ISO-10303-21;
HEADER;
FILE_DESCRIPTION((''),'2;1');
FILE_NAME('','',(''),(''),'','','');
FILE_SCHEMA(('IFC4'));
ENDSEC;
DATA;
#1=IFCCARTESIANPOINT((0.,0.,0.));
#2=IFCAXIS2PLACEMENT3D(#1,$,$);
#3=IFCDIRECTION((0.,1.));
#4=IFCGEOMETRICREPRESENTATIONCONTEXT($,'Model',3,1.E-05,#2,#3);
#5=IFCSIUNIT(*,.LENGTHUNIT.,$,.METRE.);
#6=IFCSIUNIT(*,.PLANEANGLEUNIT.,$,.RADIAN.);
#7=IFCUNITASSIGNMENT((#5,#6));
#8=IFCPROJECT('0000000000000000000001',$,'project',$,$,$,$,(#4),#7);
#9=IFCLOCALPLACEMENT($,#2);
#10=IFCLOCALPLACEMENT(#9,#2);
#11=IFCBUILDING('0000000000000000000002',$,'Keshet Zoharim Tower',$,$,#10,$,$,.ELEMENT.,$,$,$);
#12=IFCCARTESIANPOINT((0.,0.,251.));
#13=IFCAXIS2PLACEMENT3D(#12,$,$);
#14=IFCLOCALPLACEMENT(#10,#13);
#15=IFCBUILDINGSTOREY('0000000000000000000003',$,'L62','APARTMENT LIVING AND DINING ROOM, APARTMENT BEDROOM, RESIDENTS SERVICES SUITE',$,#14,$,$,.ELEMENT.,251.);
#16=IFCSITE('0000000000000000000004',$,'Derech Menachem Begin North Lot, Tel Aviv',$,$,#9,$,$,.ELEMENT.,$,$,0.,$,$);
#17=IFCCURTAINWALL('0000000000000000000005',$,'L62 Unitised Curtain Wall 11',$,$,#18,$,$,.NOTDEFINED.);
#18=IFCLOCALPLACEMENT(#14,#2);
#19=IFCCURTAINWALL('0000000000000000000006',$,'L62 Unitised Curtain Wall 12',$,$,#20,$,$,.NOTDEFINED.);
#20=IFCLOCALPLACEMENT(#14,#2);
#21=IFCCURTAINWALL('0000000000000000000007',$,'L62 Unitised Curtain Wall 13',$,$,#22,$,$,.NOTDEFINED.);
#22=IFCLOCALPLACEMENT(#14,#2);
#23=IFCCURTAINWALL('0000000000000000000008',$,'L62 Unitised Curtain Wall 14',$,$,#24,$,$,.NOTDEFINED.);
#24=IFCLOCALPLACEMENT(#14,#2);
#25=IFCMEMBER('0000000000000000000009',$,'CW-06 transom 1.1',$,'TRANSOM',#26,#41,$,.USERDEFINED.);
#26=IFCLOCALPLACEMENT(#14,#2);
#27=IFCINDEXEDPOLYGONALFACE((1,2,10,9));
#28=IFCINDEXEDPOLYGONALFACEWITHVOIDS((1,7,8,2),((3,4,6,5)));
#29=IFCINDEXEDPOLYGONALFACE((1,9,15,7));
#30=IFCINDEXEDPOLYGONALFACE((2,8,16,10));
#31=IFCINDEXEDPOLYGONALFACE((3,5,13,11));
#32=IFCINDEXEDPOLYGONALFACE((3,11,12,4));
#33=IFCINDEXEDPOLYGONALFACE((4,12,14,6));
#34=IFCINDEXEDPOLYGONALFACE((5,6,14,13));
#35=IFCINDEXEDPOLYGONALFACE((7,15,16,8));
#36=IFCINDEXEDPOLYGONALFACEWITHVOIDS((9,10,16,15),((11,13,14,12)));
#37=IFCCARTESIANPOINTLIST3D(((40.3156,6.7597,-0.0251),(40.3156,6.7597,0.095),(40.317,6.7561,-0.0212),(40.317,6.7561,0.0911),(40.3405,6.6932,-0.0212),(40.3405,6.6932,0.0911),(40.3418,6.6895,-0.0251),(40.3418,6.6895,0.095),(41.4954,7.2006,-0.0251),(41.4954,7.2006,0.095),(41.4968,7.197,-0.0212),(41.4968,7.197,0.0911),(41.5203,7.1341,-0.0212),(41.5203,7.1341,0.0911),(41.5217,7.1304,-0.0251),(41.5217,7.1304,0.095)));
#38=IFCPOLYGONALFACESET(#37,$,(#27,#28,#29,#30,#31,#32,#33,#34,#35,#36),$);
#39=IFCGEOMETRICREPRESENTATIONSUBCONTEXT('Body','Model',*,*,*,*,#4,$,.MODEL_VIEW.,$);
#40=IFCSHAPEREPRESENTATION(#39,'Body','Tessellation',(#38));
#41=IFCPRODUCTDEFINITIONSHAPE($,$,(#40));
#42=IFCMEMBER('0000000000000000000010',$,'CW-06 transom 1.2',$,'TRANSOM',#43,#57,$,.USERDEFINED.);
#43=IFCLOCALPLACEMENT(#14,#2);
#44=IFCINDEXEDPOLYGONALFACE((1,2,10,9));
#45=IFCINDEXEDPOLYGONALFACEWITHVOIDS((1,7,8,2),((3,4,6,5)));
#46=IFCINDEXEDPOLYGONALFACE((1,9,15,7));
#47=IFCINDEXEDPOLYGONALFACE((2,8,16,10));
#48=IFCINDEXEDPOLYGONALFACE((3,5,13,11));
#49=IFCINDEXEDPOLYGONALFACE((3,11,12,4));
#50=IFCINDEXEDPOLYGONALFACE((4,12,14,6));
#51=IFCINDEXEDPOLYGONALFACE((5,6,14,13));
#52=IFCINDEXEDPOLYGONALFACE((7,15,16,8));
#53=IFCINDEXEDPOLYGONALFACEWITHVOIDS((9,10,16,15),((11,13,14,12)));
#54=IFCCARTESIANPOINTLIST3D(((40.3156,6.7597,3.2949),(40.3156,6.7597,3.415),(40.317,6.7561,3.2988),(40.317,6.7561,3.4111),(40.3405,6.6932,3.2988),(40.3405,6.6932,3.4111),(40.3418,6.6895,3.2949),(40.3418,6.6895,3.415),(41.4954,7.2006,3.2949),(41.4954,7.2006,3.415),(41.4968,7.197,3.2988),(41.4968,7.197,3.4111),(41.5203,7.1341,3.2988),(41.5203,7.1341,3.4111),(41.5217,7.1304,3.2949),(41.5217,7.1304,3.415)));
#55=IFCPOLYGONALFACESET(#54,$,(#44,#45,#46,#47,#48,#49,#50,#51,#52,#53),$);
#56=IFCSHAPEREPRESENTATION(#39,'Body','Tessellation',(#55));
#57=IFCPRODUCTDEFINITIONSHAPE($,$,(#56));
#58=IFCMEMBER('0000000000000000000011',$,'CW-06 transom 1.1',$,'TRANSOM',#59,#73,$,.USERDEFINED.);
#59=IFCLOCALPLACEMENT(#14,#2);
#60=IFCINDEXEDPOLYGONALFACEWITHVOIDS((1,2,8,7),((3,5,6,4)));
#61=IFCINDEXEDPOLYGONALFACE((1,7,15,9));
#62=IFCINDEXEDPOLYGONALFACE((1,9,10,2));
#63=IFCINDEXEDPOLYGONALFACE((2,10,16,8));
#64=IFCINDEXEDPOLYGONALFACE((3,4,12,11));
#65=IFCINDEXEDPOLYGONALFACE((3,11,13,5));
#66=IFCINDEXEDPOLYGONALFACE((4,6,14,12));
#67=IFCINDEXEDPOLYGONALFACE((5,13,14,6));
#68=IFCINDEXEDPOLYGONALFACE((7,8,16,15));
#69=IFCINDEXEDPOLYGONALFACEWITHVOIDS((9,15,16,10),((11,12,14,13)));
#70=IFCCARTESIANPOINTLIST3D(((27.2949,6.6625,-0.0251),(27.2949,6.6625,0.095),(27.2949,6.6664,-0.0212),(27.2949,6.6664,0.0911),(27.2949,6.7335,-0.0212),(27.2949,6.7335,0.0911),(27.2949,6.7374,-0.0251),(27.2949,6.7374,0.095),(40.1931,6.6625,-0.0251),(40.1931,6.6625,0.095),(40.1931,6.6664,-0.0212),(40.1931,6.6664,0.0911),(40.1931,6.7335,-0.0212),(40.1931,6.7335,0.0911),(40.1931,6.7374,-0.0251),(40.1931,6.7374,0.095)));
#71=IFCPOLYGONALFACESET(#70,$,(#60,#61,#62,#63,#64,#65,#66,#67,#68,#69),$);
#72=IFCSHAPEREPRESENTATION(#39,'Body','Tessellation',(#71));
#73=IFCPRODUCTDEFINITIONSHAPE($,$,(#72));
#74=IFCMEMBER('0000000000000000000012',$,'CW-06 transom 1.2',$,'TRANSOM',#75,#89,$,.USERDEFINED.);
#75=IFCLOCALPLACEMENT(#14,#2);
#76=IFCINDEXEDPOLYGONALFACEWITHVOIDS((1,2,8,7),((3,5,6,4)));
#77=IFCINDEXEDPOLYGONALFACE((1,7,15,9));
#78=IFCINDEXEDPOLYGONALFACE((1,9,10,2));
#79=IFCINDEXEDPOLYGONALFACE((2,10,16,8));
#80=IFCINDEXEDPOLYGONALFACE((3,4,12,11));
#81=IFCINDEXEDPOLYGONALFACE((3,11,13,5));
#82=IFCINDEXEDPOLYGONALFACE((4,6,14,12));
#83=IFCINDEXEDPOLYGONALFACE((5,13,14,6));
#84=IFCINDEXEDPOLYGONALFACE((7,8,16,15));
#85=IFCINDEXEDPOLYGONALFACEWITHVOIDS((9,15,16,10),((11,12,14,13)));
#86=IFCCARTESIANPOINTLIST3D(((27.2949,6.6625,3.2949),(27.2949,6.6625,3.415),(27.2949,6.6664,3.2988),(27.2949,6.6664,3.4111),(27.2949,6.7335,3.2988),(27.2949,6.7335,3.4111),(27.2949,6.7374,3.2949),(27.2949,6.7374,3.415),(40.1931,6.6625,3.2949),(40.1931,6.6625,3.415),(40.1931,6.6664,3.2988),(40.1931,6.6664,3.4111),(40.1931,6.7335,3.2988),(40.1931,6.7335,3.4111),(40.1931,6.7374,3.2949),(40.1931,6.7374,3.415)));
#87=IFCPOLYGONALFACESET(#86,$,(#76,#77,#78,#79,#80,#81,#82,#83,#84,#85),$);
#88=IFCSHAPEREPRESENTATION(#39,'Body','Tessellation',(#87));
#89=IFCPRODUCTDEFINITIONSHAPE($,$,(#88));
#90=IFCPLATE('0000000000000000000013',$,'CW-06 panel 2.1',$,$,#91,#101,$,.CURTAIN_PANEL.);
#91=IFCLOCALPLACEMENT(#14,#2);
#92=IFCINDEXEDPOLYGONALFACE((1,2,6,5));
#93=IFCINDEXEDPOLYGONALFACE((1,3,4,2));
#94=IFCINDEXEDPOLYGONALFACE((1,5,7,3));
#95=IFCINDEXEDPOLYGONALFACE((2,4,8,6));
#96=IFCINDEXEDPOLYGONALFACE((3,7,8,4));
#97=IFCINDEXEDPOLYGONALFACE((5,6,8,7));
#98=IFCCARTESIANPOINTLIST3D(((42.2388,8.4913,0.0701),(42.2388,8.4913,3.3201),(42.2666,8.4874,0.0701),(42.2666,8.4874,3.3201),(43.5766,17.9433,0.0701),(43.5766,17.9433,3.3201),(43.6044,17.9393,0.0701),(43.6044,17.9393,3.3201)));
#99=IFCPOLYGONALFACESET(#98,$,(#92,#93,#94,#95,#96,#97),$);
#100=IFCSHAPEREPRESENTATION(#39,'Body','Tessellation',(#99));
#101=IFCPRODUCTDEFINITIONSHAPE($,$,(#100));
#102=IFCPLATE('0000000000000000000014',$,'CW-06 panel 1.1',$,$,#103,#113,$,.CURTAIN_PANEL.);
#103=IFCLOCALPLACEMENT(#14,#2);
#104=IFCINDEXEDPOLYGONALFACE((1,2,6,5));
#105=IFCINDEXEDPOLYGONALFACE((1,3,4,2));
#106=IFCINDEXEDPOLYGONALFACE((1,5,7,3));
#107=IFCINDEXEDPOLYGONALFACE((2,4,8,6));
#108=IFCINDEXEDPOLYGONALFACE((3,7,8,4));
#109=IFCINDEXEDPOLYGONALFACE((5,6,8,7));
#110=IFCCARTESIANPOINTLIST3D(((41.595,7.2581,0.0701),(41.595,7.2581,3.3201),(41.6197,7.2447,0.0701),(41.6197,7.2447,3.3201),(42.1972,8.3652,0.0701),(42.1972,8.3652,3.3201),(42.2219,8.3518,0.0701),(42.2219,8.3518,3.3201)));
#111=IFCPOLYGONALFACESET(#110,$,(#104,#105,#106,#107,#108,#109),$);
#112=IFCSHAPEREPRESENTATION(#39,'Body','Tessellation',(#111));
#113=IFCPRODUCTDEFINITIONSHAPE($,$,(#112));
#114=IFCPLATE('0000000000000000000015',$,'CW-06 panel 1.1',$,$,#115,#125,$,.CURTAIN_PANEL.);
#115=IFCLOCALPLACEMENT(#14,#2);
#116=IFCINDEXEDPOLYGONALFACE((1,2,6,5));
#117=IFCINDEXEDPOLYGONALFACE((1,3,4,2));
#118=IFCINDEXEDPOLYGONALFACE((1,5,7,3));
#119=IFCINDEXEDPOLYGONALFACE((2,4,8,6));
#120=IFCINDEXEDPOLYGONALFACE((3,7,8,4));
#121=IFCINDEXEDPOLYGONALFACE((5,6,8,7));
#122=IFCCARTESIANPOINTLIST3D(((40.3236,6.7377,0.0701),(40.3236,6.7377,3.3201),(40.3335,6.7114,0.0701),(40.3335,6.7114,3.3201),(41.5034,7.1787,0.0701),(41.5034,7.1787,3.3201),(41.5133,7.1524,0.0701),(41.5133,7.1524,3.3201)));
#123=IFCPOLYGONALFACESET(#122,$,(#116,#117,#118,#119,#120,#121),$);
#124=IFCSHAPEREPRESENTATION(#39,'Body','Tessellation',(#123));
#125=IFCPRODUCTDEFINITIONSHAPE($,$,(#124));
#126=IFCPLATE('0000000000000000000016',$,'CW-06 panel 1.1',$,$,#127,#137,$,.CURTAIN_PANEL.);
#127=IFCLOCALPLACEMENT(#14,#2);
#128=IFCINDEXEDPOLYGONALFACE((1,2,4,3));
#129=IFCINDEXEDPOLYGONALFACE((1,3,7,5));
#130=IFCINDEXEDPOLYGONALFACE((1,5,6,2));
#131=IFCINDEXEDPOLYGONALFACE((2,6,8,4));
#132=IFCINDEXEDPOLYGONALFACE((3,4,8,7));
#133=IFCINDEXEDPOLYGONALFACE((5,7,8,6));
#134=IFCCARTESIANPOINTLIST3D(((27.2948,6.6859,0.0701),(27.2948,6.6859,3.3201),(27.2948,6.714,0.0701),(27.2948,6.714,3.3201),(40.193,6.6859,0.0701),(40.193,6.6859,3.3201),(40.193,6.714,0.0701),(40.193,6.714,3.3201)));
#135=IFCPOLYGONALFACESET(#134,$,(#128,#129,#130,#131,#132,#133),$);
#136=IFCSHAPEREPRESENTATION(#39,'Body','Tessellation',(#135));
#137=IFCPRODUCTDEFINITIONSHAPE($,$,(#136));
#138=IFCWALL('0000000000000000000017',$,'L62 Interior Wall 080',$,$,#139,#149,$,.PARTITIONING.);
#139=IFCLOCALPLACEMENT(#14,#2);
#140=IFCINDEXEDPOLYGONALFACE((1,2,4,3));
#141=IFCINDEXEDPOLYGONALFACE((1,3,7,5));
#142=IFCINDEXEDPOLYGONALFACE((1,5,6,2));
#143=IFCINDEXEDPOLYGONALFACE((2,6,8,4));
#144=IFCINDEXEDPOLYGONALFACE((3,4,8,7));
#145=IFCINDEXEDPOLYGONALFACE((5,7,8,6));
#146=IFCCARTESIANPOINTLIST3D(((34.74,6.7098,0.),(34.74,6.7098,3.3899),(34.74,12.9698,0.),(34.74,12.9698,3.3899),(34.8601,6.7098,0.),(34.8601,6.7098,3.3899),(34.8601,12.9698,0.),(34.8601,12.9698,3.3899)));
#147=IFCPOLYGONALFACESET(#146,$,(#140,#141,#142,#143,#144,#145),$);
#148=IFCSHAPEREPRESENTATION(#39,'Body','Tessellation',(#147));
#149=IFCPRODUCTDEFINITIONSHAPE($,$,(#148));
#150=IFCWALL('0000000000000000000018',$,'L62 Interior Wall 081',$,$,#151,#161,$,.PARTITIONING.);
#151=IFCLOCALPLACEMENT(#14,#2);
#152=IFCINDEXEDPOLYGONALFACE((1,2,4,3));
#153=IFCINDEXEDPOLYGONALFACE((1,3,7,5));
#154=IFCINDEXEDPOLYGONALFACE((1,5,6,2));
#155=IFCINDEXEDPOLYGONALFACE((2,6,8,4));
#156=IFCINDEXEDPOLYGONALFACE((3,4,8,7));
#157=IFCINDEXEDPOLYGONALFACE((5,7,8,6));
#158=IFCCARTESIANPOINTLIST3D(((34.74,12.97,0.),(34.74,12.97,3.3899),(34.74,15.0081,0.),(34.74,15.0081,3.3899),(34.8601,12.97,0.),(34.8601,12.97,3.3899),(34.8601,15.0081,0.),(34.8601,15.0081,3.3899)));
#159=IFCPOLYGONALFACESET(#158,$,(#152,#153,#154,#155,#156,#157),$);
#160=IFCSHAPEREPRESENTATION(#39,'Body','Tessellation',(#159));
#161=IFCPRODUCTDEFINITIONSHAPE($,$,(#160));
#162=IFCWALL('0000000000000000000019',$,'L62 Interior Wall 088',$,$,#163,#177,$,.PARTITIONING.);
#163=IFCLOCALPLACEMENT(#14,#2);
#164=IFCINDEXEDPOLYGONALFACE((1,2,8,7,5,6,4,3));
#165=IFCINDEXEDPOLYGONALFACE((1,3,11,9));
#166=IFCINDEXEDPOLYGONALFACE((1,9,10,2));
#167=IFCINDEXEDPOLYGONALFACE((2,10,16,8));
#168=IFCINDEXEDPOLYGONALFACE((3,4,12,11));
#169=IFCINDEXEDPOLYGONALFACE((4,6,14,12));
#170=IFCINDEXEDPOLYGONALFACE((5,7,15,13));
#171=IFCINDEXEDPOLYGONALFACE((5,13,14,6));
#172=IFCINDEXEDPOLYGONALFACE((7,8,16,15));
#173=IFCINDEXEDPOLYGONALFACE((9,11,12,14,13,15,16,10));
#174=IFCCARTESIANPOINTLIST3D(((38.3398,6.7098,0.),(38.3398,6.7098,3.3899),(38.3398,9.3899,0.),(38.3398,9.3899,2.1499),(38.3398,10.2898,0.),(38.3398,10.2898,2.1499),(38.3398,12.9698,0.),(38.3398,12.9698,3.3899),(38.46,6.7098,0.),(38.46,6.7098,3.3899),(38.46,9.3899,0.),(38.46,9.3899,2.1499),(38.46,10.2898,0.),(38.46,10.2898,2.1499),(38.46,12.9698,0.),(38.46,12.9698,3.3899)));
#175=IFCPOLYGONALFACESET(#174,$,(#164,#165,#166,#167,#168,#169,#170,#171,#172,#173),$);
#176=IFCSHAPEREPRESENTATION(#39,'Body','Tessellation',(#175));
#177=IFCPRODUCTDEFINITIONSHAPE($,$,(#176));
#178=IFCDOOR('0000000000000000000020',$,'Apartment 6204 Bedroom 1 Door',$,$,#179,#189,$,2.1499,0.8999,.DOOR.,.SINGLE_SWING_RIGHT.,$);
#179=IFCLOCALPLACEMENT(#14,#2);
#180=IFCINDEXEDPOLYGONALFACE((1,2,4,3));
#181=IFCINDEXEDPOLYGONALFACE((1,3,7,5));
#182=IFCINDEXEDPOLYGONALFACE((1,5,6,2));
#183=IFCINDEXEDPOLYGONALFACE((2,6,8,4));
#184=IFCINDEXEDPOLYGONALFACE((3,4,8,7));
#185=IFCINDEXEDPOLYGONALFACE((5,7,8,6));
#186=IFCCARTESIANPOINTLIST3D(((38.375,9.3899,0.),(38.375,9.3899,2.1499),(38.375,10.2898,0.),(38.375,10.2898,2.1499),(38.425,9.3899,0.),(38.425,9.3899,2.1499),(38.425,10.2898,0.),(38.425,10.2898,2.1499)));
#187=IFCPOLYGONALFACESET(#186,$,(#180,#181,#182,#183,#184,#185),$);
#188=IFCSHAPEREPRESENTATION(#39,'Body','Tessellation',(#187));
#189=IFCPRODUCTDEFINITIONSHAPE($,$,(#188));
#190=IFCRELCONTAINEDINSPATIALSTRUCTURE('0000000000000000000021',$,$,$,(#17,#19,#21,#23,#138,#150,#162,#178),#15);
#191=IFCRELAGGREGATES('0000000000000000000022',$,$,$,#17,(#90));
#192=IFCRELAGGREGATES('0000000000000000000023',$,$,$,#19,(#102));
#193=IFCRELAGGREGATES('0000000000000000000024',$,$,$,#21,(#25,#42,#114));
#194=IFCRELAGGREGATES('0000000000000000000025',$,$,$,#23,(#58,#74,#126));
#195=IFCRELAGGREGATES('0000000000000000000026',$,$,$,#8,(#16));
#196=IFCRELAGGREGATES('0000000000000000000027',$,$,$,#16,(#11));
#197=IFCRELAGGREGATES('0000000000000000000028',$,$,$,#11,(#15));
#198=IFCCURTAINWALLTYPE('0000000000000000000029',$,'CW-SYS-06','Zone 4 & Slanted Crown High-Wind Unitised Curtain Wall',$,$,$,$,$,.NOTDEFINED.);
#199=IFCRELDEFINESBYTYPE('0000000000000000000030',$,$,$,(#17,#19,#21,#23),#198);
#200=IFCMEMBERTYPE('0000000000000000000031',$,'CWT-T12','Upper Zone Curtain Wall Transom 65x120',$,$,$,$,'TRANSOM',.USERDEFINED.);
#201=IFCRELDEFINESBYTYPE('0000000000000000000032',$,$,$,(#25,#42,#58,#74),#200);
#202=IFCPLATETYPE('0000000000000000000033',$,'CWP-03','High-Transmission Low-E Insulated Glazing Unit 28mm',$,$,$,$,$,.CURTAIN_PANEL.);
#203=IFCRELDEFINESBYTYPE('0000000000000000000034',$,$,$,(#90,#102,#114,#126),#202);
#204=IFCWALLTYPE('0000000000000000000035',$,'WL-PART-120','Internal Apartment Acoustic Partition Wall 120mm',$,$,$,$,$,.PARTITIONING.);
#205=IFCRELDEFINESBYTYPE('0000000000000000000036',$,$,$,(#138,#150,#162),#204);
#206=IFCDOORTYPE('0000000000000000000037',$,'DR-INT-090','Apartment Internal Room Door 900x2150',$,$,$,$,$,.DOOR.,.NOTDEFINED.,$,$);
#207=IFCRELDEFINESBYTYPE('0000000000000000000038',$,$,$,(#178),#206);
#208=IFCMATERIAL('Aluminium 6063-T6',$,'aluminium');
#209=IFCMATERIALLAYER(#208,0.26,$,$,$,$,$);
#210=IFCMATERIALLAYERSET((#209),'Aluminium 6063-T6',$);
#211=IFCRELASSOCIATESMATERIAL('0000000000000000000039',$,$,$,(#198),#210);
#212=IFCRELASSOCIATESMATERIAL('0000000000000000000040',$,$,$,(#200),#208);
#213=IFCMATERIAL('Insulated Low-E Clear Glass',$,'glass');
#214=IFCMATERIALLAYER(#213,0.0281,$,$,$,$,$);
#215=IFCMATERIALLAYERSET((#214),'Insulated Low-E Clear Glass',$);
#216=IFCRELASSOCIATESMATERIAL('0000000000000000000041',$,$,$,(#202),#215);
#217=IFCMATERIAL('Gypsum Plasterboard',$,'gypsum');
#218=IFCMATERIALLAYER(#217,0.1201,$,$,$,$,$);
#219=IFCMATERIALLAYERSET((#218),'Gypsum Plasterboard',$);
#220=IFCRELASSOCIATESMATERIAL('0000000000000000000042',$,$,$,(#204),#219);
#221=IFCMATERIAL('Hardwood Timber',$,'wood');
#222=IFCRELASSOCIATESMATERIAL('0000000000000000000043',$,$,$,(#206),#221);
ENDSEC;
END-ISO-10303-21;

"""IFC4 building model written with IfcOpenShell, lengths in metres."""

from ifc_helpers import new_model, si_unit, direction, frame, frame_2d, origin, origin_2d, place, context, subcontext, project, spatial, rectangle, hollow_rectangle, extrude, material, layer, layer_set, material_profile, profile_set, type_object, element, fill, aggregate, save


model = new_model("IFC4")

# Units and contexts
model_context = context("Model", 3, precision=1e-05, world=origin(), true_north=direction((0.0, 1.0)))
body_context = subcontext(model_context, "Body", "Model", "MODEL_VIEW")
ifc_project = project(units=[si_unit("LENGTHUNIT", "METRE"), si_unit("PLANEANGLEUNIT", "RADIAN")], contexts=[model_context])

# Site, building, storey
site_placement = place(None, origin())
site = spatial("IfcSite", under=ifc_project, at=site_placement, Name="Derech Menachem Begin North Lot, Tel Aviv", CompositionType="ELEMENT", RefElevation=0.0)
building_placement = place(site_placement, origin())
building = spatial("IfcBuilding", under=site, at=building_placement, Name="Keshet Zoharim Tower", CompositionType="ELEMENT")
storey_placement = place(building_placement, frame((0.0, 0.0, 251.0)))
storey = spatial("IfcBuildingStorey", under=building, at=storey_placement, Name="L62", Description="APARTMENT LIVING AND DINING ROOM, APARTMENT BEDROOM, RESIDENTS SERVICES SUITE", CompositionType="ELEMENT", Elevation=251.0)

# Curtain wall
ifc_material_1 = material(Name="Aluminium 6063-T6", Category="aluminium")
ifc_layer_1 = layer(ifc_material_1, 0.26)
ifc_layer_set_1 = layer_set([ifc_layer_1], Name="Aluminium 6063-T6")
curtain_wall_type = type_object("IfcCurtainWallType", Name="CW-SYS-06", Description="Zone 4 & Slanted Crown High-Wind Unitised Curtain Wall", PredefinedType="NOTDEFINED", material=ifc_layer_set_1)
curtain_wall_1_placement = place(storey_placement, origin())
curtain_wall_1 = element("IfcCurtainWall", 1, at=curtain_wall_1_placement, inside=storey, type_object=curtain_wall_type, Name="L62 Unitised Curtain Wall 11", PredefinedType="NOTDEFINED")

# Curtain walls
curtain_wall_2_placement = place(storey_placement, origin())
curtain_wall_2 = element("IfcCurtainWall", 2, at=curtain_wall_2_placement, inside=storey, type_object=curtain_wall_type, Name="L62 Unitised Curtain Wall 12", PredefinedType="NOTDEFINED")
curtain_wall_3_placement = place(storey_placement, origin())
curtain_wall_3 = element("IfcCurtainWall", 3, at=curtain_wall_3_placement, inside=storey, type_object=curtain_wall_type, Name="L62 Unitised Curtain Wall 13", PredefinedType="NOTDEFINED")

# Curtain wall
curtain_wall_4_placement = place(storey_placement, origin())
curtain_wall_4 = element("IfcCurtainWall", 4, at=curtain_wall_4_placement, inside=storey, type_object=curtain_wall_type, Name="L62 Unitised Curtain Wall 14", PredefinedType="NOTDEFINED")

# Members
ifc_material_profile_1 = material_profile(ifc_material_1, hollow_rectangle(XDim=0.075, YDim=0.1201, WallThickness=0.0039, at=origin_2d()), Name="TRN-75x120")
ifc_profile_set_1 = profile_set([ifc_material_profile_1], Name="Aluminium 6063-T6")
member_type_1 = type_object("IfcMemberType", Name="CWT-T12", Description="Upper Zone Curtain Wall Transom 65x120", ElementType="TRANSOM", PredefinedType="USERDEFINED", material=ifc_profile_set_1)
member_1_placement = place(storey_placement, frame((41.5085, 7.1655, 0.0349), z_axis=(-0.936735, -0.35004, 0.0), x_axis=(0.35004, -0.936735, 0.0)))
member_1 = element("IfcMember", 5, at=member_1_placement, type_object=member_type_1, Name="CW-06 transom 1.1", ObjectType="TRANSOM", PredefinedType="USERDEFINED", context=body_context, shape_type="SweptSolid", body=[
    extrude(hollow_rectangle(XDim=0.075, YDim=0.1201, WallThickness=0.0039, at=origin_2d()), origin(), (0.0, 0.0, 1.0), 1.2595),
])
member_2_placement = place(storey_placement, frame((41.5085, 7.1655, 3.355), z_axis=(-0.936735, -0.35004, 0.0), x_axis=(0.35004, -0.936735, 0.0)))
member_2 = element("IfcMember", 6, at=member_2_placement, type_object=member_type_1, Name="CW-06 transom 1.2", ObjectType="TRANSOM", PredefinedType="USERDEFINED", context=body_context, shape_type="SweptSolid", body=[
    extrude(hollow_rectangle(XDim=0.075, YDim=0.1201, WallThickness=0.0039, at=origin_2d()), origin(), (0.0, 0.0, 1.0), 1.2595),
])
member_3_placement = place(storey_placement, frame((40.1931, 6.7, 0.0349), z_axis=(-1.0, 0.0, 0.0), x_axis=(0.0, -1.0, 0.0)))
member_3 = element("IfcMember", 7, at=member_3_placement, type_object=member_type_1, Name="CW-06 transom 1.1", ObjectType="TRANSOM", PredefinedType="USERDEFINED", context=body_context, shape_type="SweptSolid", body=[
    extrude(hollow_rectangle(XDim=0.075, YDim=0.1201, WallThickness=0.0039, at=origin_2d()), origin(), (0.0, 0.0, 1.0), 12.8982),
])
member_4_placement = place(storey_placement, frame((40.1931, 6.7, 3.355), z_axis=(-1.0, 0.0, 0.0), x_axis=(0.0, -1.0, 0.0)))
member_4 = element("IfcMember", 8, at=member_4_placement, type_object=member_type_1, Name="CW-06 transom 1.2", ObjectType="TRANSOM", PredefinedType="USERDEFINED", context=body_context, shape_type="SweptSolid", body=[
    extrude(hollow_rectangle(XDim=0.075, YDim=0.1201, WallThickness=0.0039, at=origin_2d()), origin(), (0.0, 0.0, 1.0), 12.8982),
])

# Plates
ifc_material_2 = material(Name="Insulated Low-E Clear Glass", Category="glass")
ifc_layer_2 = layer(ifc_material_2, 0.0281)
ifc_layer_set_2 = layer_set([ifc_layer_2], Name="Insulated Low-E Clear Glass")
plate_type = type_object("IfcPlateType", Name="CWP-03", Description="High-Transmission Low-E Insulated Glazing Unit 28mm", PredefinedType="CURTAIN_PANEL", material=ifc_layer_set_2)
plate_1_placement = place(storey_placement, frame((42.9216, 13.2153, 0.0701), z_axis=(0.0, 0.0, 1.0), x_axis=(-0.140137, -0.990132, 0.0)))
plate_1 = element("IfcPlate", 9, at=plate_1_placement, type_object=plate_type, Name="CW-06 panel 2.1", PredefinedType="CURTAIN_PANEL", context=body_context, shape_type="SweptSolid", body=[
    extrude(rectangle(XDim=9.5461, YDim=0.0281, at=origin_2d()), origin(), (0.0, 0.0, 1.0), 3.25),
])
aggregate(curtain_wall_1, [plate_1])
plate_2_placement = place(storey_placement, frame((41.9084, 7.8049, 0.0701), z_axis=(0.0, 0.0, 1.0), x_axis=(-0.477801, -0.878468, 0.0)))
plate_2 = element("IfcPlate", 10, at=plate_2_placement, type_object=plate_type, Name="CW-06 panel 1.1", PredefinedType="CURTAIN_PANEL", context=body_context, shape_type="SweptSolid", body=[
    extrude(rectangle(XDim=1.2603, YDim=0.0281, at=origin_2d()), origin(), (0.0, 0.0, 1.0), 3.25),
])
aggregate(curtain_wall_2, [plate_2])
plate_3_placement = place(storey_placement, frame((40.9185, 6.9451, 0.0701), z_axis=(0.0, 0.0, 1.0), x_axis=(-0.93671, -0.350105, 0.0)))
plate_3 = element("IfcPlate", 11, at=plate_3_placement, type_object=plate_type, Name="CW-06 panel 1.1", PredefinedType="CURTAIN_PANEL", context=body_context, shape_type="SweptSolid", body=[
    extrude(rectangle(XDim=1.2595, YDim=0.0281, at=origin_2d()), origin(), (0.0, 0.0, 1.0), 3.25),
])
aggregate(curtain_wall_3, [member_1, member_2, plate_3])
plate_4_placement = place(storey_placement, frame((33.7439, 6.7, 0.0701), z_axis=(0.0, 0.0, 1.0), x_axis=(-1.0, 0.0, 0.0)))
plate_4 = element("IfcPlate", 12, at=plate_4_placement, type_object=plate_type, Name="CW-06 panel 1.1", PredefinedType="CURTAIN_PANEL", context=body_context, shape_type="SweptSolid", body=[
    extrude(rectangle(XDim=12.8982, YDim=0.0281, at=origin_2d()), origin(), (0.0, 0.0, 1.0), 3.25),
])
aggregate(curtain_wall_4, [member_3, member_4, plate_4])

# Walls
ifc_material_3 = material(Name="Gypsum Plasterboard", Category="gypsum")
ifc_layer_3 = layer(ifc_material_3, 0.1201)
ifc_layer_set_3 = layer_set([ifc_layer_3], Name="Gypsum Plasterboard")
wall_type = type_object("IfcWallType", Name="WL-PART-120", Description="Internal Apartment Acoustic Partition Wall 120mm", PredefinedType="PARTITIONING", material=ifc_layer_set_3)
wall_1_placement = place(storey_placement, frame((34.8, 6.71, 0.0), z_axis=(0.0, 0.0, 1.0), x_axis=(0.0, 1.0, 0.0)))
element("IfcWall", 13, at=wall_1_placement, inside=storey, type_object=wall_type, Name="L62 Interior Wall 080", PredefinedType="PARTITIONING", context=body_context, shape_type="SweptSolid", body=[
    extrude(rectangle(XDim=6.26, YDim=0.1201, at=frame_2d((3.1299, 0.0))), origin(), (0.0, 0.0, 1.0), 3.3899),
])
wall_2_placement = place(storey_placement, frame((34.8, 12.97, 0.0), z_axis=(0.0, 0.0, 1.0), x_axis=(0.0, 1.0, 0.0)))
element("IfcWall", 14, at=wall_2_placement, inside=storey, type_object=wall_type, Name="L62 Interior Wall 081", PredefinedType="PARTITIONING", context=body_context, shape_type="SweptSolid", body=[
    extrude(rectangle(XDim=2.0381, YDim=0.1201, at=frame_2d((1.019, 0.0))), origin(), (0.0, 0.0, 1.0), 3.3899),
])

# Wall, opening, door
wall_3_placement = place(storey_placement, frame((38.3999, 6.71, 0.0), z_axis=(0.0, 0.0, 1.0), x_axis=(0.0, 1.0, 0.0)))
wall_3 = element("IfcWall", 15, at=wall_3_placement, inside=storey, type_object=wall_type, Name="L62 Interior Wall 088", PredefinedType="PARTITIONING", context=body_context, shape_type="SweptSolid", body=[
    extrude(rectangle(XDim=6.26, YDim=0.1201, at=frame_2d((3.1299, 0.0))), origin(), (0.0, 0.0, 1.0), 3.3899),
])
opening_1_placement = place(wall_3_placement, frame((2.6799, 0.0, 0.0)))
opening_1 = element("IfcOpeningElement", 16, at=opening_1_placement, cuts=wall_3, PredefinedType="OPENING", context=body_context, shape_type="SweptSolid", body=[
    extrude(rectangle(XDim=0.8999, YDim=2.1499, at=frame_2d((0.45, 1.075))), frame((0.0, 0.0701, 0.0), z_axis=(0.0, -1.0, 0.0), x_axis=(1.0, 0.0, 0.0)), (0.0, 0.0, 1.0), 0.1401),
])
ifc_material_4 = material(Name="Hardwood Timber", Category="wood")
door_type = type_object("IfcDoorType", Name="DR-INT-090", Description="Apartment Internal Room Door 900x2150", OperationType="NOTDEFINED", PredefinedType="DOOR", material=ifc_material_4)
door_1_placement = place(opening_1_placement, origin())
door_1 = element("IfcDoor", 17, at=door_1_placement, inside=storey, type_object=door_type, Name="Apartment 6204 Bedroom 1 Door", OperationType="SINGLE_SWING_RIGHT", OverallHeight=2.1499, OverallWidth=0.8999, PredefinedType="DOOR", context=body_context, shape_type="SweptSolid", body=[
    extrude(rectangle(XDim=0.8999, YDim=2.1499, at=frame_2d((0.45, 1.075))), frame((0.0, 0.0249, 0.0), z_axis=(0.0, -1.0, 0.0), x_axis=(1.0, 0.0, 0.0)), (0.0, 0.0, 1.0), 0.05),
])
fill(opening_1, door_1)

save(model, "model.ifc")
